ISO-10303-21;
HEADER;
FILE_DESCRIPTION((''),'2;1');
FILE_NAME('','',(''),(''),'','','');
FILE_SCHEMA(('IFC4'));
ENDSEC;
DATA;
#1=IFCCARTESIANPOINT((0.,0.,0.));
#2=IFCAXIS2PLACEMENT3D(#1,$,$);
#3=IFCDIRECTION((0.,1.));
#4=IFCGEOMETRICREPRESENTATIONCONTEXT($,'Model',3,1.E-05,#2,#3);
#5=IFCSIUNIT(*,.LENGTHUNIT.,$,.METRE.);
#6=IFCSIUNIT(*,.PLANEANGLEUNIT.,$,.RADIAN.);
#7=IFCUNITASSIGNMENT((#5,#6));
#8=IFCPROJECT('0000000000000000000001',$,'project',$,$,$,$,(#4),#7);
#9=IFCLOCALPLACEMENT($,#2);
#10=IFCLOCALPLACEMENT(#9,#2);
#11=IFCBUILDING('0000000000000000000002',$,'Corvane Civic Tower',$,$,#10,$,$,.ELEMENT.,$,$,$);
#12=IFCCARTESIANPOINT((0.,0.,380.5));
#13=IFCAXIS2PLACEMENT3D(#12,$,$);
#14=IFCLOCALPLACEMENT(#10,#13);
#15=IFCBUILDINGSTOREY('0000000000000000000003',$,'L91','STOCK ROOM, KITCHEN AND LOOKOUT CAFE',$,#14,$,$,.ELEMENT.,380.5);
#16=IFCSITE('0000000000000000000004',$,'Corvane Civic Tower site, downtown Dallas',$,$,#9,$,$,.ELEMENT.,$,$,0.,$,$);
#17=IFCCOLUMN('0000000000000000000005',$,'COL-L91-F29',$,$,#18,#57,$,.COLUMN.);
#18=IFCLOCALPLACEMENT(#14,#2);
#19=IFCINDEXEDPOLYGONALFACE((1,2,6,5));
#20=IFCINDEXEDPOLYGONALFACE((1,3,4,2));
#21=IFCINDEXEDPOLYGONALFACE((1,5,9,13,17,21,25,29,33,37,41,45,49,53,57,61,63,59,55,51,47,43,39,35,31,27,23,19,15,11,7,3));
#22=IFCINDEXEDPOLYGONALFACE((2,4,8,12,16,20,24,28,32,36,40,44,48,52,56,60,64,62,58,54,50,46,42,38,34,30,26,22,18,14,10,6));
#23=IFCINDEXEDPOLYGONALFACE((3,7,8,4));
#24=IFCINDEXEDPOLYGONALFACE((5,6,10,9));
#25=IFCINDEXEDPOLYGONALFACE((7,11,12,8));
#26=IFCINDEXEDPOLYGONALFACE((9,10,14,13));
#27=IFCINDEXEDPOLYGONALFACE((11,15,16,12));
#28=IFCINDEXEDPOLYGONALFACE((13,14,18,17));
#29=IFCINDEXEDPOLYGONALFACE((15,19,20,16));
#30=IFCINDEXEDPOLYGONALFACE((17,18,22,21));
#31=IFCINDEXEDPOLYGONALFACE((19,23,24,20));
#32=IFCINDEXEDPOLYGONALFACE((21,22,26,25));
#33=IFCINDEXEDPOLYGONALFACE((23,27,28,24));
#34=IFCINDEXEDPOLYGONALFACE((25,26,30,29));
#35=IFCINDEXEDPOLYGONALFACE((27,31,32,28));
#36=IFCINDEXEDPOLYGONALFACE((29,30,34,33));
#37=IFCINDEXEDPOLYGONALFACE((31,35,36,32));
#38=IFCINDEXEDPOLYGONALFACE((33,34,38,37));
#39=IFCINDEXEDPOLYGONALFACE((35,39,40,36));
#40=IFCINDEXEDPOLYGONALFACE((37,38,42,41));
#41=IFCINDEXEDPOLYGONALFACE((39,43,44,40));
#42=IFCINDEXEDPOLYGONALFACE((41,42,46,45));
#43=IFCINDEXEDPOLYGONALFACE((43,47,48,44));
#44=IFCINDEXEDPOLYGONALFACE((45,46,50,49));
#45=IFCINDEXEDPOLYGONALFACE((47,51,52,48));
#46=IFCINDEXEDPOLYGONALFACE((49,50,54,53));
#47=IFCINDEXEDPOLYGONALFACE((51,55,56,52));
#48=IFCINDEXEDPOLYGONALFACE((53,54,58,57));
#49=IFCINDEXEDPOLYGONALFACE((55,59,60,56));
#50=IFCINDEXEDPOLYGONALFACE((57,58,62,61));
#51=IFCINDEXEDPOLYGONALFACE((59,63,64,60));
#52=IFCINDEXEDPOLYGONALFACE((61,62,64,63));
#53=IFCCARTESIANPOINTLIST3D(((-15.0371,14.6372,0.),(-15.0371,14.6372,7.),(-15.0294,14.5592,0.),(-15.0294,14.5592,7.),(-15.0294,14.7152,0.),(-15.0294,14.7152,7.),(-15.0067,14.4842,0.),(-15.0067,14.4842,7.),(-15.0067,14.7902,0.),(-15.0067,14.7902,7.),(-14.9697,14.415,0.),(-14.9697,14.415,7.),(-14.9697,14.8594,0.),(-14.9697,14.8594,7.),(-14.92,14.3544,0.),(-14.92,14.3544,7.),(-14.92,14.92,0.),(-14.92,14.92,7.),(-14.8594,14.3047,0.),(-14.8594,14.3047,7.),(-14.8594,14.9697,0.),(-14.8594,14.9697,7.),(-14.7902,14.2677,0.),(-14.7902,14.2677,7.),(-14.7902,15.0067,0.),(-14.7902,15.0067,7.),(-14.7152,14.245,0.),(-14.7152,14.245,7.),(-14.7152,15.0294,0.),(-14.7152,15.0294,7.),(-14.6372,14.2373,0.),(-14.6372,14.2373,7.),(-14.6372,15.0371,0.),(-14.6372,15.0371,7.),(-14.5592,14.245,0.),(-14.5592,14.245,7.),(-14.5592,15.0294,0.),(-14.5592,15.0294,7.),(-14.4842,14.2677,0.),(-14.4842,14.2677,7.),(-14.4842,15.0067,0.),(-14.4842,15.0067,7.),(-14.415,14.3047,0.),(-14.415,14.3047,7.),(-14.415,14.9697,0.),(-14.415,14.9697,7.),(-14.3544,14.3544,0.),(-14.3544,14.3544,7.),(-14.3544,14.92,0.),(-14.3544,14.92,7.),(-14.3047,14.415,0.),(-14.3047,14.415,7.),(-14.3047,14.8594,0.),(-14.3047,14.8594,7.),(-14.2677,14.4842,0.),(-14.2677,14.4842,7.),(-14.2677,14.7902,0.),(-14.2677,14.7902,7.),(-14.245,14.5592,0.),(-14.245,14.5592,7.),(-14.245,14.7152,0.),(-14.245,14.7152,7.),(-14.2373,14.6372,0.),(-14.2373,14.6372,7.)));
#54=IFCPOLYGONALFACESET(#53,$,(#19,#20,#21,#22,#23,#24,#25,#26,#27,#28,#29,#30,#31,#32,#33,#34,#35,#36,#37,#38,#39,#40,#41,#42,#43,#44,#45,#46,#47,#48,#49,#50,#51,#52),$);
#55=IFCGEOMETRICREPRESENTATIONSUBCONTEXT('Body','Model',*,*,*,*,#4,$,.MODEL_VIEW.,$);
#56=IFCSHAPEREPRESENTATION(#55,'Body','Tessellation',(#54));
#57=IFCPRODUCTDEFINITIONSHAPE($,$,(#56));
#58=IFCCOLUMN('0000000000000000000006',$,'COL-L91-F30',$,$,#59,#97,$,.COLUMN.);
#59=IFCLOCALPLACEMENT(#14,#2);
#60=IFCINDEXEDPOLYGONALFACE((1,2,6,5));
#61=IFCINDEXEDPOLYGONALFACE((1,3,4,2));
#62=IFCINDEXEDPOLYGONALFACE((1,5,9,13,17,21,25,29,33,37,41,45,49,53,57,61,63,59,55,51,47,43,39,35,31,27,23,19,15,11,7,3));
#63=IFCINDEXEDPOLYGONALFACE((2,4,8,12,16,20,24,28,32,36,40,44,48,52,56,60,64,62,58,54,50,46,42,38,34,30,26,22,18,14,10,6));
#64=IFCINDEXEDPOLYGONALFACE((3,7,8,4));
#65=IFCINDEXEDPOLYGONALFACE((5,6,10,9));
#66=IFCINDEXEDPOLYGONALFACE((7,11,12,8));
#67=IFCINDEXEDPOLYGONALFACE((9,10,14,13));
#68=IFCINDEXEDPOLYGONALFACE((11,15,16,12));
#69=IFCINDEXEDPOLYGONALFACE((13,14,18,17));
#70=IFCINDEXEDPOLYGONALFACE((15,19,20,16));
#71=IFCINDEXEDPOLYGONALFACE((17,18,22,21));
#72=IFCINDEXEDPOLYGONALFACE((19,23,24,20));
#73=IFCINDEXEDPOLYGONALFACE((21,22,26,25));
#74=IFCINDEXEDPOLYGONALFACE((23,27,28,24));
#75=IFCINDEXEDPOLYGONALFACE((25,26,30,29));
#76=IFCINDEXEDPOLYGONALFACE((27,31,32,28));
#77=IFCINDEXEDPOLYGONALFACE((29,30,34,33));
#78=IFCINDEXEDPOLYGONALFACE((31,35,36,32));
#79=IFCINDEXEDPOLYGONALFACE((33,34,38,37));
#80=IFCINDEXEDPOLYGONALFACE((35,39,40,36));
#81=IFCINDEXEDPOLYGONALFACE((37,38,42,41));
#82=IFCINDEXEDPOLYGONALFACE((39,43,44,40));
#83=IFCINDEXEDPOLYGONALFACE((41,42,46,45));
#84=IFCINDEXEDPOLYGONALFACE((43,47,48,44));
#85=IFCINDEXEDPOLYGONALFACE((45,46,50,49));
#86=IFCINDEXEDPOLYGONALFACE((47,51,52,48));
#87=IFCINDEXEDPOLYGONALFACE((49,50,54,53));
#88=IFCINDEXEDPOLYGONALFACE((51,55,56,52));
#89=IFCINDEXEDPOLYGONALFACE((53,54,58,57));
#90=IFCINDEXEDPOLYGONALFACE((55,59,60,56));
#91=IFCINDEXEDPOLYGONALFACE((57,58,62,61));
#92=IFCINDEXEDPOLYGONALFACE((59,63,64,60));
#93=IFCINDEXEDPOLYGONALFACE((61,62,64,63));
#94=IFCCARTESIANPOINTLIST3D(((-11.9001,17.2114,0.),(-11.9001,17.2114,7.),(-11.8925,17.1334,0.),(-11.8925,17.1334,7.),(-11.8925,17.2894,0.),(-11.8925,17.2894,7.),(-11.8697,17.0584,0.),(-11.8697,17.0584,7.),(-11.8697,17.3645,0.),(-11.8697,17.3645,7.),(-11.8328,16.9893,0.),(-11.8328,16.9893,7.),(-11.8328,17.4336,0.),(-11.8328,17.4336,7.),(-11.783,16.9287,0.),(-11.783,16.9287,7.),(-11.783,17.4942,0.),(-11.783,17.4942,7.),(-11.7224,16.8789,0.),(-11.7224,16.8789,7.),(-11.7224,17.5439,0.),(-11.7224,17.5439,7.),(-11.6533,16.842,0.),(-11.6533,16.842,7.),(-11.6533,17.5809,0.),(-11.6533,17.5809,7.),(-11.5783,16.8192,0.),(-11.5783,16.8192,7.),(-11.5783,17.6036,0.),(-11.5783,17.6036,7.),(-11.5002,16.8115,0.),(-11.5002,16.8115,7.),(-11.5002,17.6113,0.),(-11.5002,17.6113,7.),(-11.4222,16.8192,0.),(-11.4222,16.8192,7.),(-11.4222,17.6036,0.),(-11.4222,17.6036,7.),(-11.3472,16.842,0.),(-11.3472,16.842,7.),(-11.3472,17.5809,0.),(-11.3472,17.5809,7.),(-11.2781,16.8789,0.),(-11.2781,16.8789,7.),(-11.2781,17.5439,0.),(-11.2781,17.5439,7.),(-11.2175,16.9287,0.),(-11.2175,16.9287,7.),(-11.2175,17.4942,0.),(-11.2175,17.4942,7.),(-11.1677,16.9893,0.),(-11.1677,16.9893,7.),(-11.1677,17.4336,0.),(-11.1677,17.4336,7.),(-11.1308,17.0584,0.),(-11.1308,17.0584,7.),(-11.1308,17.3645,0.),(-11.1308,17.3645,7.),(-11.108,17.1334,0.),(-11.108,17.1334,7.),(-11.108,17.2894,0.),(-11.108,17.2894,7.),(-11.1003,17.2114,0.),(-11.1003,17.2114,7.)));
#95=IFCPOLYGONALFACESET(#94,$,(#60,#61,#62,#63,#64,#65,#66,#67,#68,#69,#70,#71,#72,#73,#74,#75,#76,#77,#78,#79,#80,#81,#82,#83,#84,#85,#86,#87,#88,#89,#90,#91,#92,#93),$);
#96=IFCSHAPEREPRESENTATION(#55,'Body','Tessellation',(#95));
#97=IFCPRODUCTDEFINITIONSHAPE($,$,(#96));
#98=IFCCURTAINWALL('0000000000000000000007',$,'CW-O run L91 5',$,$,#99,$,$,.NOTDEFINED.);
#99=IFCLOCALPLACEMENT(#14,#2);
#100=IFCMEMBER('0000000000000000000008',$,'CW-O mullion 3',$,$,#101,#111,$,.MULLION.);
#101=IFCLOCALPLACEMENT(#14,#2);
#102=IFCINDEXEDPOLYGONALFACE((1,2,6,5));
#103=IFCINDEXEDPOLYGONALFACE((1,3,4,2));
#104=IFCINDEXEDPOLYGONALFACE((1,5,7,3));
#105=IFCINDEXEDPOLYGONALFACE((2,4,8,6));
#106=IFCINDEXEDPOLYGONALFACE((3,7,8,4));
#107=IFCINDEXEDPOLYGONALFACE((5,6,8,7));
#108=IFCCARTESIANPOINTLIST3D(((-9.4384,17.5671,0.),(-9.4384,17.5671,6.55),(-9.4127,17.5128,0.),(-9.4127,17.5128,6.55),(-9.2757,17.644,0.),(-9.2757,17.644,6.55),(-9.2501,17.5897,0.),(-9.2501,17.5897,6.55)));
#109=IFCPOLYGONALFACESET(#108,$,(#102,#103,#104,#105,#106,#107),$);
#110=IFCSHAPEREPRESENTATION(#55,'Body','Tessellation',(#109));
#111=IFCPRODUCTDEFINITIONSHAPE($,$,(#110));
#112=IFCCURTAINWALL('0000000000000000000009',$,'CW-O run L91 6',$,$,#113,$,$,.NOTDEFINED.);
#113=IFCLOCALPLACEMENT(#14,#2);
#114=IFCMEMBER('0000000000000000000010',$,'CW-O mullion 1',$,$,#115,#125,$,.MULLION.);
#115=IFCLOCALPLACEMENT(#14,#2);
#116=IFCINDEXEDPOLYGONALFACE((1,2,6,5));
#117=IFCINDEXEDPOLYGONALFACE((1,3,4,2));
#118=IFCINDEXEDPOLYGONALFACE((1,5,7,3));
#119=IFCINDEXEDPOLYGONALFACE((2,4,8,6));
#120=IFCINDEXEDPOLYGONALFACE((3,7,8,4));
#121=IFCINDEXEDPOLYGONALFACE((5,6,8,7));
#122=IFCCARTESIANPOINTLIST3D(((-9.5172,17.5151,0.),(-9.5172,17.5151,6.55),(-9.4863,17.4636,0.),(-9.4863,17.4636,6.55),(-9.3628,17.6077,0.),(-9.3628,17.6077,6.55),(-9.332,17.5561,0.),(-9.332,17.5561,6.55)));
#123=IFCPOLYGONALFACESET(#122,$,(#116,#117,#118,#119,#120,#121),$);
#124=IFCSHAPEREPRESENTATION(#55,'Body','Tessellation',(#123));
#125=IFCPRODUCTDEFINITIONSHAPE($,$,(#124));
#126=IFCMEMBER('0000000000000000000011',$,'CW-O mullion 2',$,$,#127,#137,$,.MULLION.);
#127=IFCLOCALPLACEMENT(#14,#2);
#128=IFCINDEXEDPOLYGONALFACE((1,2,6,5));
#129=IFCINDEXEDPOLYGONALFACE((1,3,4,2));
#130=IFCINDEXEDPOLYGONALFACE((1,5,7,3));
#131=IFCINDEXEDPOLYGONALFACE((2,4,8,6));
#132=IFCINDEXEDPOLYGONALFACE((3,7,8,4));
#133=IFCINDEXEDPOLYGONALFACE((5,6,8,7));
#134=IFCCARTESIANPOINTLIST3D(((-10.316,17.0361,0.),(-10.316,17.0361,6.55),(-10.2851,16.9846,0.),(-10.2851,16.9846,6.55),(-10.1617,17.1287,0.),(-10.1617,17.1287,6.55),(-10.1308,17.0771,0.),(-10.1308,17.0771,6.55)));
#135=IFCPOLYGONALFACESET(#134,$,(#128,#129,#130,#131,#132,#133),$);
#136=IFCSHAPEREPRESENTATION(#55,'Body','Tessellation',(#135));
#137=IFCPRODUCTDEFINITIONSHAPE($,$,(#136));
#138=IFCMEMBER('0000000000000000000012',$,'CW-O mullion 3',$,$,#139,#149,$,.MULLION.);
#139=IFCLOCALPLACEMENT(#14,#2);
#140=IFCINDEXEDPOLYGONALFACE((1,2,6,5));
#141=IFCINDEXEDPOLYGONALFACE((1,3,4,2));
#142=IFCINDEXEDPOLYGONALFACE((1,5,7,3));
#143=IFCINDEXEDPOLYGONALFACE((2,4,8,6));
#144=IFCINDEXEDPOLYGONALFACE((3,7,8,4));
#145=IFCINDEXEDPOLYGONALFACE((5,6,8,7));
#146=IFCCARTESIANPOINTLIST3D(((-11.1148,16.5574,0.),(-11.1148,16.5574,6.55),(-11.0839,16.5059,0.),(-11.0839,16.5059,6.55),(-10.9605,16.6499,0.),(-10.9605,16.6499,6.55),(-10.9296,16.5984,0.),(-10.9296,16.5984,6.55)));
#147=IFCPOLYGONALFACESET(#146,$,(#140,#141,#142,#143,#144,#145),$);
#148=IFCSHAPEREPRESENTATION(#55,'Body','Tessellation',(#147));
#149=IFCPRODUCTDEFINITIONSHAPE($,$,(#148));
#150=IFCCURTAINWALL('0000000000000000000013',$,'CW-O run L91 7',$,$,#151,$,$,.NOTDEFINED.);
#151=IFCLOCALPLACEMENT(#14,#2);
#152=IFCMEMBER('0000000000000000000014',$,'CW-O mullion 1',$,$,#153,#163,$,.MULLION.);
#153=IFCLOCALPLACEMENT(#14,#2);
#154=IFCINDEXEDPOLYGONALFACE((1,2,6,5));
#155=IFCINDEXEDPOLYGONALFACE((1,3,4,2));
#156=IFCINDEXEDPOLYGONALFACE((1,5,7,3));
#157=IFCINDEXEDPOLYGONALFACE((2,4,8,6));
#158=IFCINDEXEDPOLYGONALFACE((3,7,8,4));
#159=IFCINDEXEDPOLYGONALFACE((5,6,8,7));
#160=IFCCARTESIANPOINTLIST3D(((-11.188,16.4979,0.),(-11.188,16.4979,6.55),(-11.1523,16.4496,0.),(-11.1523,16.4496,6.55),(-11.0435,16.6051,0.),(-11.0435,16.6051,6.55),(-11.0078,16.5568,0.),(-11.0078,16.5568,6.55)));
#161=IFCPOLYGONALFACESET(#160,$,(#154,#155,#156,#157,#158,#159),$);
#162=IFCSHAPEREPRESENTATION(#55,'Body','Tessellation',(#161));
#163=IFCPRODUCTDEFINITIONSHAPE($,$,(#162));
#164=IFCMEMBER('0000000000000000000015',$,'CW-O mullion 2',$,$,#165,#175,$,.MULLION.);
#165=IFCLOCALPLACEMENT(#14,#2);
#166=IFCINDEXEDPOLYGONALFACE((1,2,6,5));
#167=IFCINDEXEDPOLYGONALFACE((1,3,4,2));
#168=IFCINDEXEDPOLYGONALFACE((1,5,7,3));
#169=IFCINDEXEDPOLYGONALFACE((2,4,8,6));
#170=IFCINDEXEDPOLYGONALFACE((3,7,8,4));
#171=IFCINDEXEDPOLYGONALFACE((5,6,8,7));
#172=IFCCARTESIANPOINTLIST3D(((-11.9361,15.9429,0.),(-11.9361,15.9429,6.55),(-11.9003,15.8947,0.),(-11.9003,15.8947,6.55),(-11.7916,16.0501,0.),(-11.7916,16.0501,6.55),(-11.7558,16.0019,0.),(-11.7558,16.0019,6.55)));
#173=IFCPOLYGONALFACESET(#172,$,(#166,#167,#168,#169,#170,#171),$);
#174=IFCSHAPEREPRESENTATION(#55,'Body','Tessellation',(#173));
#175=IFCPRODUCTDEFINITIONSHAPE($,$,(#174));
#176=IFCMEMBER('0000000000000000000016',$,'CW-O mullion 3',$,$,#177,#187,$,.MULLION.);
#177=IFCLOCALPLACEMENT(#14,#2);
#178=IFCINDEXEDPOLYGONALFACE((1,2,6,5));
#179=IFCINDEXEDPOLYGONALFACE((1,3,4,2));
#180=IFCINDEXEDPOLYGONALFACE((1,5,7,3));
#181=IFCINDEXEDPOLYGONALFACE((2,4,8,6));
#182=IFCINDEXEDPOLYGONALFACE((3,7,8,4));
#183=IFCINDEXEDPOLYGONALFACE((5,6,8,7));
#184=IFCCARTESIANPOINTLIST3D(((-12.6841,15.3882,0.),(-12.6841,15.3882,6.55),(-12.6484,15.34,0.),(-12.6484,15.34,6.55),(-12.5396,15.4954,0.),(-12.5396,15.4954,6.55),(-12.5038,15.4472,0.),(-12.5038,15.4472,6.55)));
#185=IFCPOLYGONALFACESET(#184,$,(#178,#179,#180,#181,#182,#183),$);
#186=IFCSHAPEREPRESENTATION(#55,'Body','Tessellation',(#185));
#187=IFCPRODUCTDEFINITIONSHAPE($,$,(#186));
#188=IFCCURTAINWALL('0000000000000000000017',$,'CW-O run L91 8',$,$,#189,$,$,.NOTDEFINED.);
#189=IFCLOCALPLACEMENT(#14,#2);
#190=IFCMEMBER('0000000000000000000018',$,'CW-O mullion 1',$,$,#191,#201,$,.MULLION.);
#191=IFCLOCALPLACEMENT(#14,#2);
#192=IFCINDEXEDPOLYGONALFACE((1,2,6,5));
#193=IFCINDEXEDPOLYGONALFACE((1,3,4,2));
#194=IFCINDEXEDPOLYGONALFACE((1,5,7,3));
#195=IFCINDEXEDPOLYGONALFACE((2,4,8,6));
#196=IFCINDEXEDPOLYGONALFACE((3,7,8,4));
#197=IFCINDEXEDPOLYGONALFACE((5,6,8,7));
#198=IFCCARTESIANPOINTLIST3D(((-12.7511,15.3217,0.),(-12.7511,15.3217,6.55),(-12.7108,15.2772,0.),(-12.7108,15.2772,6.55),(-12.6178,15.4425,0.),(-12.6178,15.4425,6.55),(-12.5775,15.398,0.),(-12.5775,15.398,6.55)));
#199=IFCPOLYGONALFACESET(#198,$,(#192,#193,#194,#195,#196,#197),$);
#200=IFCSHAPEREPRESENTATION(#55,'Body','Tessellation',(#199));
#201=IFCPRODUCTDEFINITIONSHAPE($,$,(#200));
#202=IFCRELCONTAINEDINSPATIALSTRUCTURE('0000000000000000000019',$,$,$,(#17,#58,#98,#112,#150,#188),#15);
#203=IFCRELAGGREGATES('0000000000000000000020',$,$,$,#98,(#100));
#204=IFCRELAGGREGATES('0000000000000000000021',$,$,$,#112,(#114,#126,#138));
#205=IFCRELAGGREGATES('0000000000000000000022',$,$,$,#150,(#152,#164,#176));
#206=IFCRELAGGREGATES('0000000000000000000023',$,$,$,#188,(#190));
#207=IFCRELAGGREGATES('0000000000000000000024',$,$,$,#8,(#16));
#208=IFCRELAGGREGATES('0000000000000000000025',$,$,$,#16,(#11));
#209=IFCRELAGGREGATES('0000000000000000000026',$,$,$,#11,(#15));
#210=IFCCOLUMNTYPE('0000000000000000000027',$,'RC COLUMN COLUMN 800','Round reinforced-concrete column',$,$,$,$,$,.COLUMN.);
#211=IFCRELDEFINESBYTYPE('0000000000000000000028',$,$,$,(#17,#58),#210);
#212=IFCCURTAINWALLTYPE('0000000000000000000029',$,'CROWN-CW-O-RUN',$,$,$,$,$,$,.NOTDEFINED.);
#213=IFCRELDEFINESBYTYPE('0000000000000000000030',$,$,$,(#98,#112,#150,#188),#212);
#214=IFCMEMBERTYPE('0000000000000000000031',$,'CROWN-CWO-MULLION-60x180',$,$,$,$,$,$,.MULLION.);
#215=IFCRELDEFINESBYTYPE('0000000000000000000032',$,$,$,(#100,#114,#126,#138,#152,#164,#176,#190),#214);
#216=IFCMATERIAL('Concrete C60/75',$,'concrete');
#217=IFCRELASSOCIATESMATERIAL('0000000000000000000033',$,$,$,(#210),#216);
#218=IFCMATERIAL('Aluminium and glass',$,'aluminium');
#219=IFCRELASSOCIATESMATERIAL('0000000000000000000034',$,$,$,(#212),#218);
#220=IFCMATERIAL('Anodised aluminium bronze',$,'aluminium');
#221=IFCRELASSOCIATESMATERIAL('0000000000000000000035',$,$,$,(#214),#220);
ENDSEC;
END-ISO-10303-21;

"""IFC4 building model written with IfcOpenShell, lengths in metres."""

from ifc_helpers import new_model, si_unit, direction, frame, origin, origin_2d, place, context, subcontext, project, spatial, rectangle, circle, extrude, material, material_profile, profile_set, type_object, element, aggregate, save


model = new_model("IFC4")

# Units and contexts
model_context = context("Model", 3, precision=1e-05, world=origin(), true_north=direction((0.0, 1.0)))
body_context = subcontext(model_context, "Body", "Model", "MODEL_VIEW")
ifc_project = project(units=[si_unit("LENGTHUNIT", "METRE"), si_unit("PLANEANGLEUNIT", "RADIAN")], contexts=[model_context])

# Site, building, storey
site_placement = place(None, origin())
site = spatial("IfcSite", under=ifc_project, at=site_placement, Name="Corvane Civic Tower site, downtown Dallas", CompositionType="ELEMENT", RefElevation=0.0)
building_placement = place(site_placement, origin())
building = spatial("IfcBuilding", under=site, at=building_placement, Name="Corvane Civic Tower", CompositionType="ELEMENT")
storey_placement = place(building_placement, frame((0.0, 0.0, 380.5)))
storey = spatial("IfcBuildingStorey", under=building, at=storey_placement, Name="L91", Description="STOCK ROOM, KITCHEN AND LOOKOUT CAFE", CompositionType="ELEMENT", Elevation=380.5)

# Columns
ifc_material_1 = material(Name="Concrete C60/75", Category="concrete")
ifc_material_profile_1 = material_profile(ifc_material_1, circle(Radius=0.3999, at=origin_2d()), Name="COLUMN 800")
ifc_profile_set_1 = profile_set([ifc_material_profile_1], Name="Concrete C60/75")
column_type = type_object("IfcColumnType", Name="RC COLUMN COLUMN 800", Description="Round reinforced-concrete column", PredefinedType="COLUMN", material=ifc_profile_set_1)
for number, where, z_axis, x_axis, name in (
    (1, (-14.6372, 14.6372, 0.0), (0.0, 0.0, 1.0), (1.0, 0.0, 0.0), "COL-L91-F29"),
    (2, (-11.5002, 17.2114, 0.0), (0.0, 0.0, 1.0), (1.0, 0.0, 0.0), "COL-L91-F30"),
):
    element("IfcColumn", number, at=place(storey_placement, frame(where, z_axis=z_axis, x_axis=x_axis)), inside=storey, type_object=column_type, Name=name, PredefinedType="COLUMN", context=body_context, shape_type="SweptSolid", body=[
        extrude(circle(Radius=0.3999, at=origin_2d()), origin(), (0.0, 0.0, 1.0), 7.0),
    ])

# Curtain wall, member
ifc_material_2 = material(Name="Aluminium and glass", Category="aluminium")
curtain_wall_type = type_object("IfcCurtainWallType", Name="CROWN-CW-O-RUN", PredefinedType="NOTDEFINED", material=ifc_material_2)
curtain_wall_1_placement = place(storey_placement, origin())
curtain_wall_1 = element("IfcCurtainWall", 3, at=curtain_wall_1_placement, inside=storey, type_object=curtain_wall_type, Name="CW-O run L91 5", PredefinedType="NOTDEFINED")
ifc_material_3 = material(Name="Anodised aluminium bronze", Category="aluminium")
ifc_material_profile_2 = material_profile(ifc_material_3, rectangle(XDim=0.0601, YDim=0.1799, at=origin_2d()), Name="AL 60x180")
ifc_profile_set_2 = profile_set([ifc_material_profile_2], Name="Anodised aluminium bronze")
member_type_1 = type_object("IfcMemberType", Name="CROWN-CWO-MULLION-60x180", PredefinedType="MULLION", material=ifc_profile_set_2)
member_1_placement = place(storey_placement, frame((-9.3442, 17.5784, 0.0), z_axis=(0.0, 0.0, 1.0), x_axis=(0.427509, -0.904011, 0.0)))
member_1 = element("IfcMember", 4, at=member_1_placement, type_object=member_type_1, Name="CW-O mullion 3", PredefinedType="MULLION", context=body_context, shape_type="SweptSolid", body=[
    extrude(rectangle(XDim=0.0601, YDim=0.1799, at=origin_2d()), origin(), (0.0, 0.0, 1.0), 6.55),
])
aggregate(curtain_wall_1, [member_1])

# Curtain walls, members
curtain_wall_2_placement = place(storey_placement, origin())
curtain_wall_2 = element("IfcCurtainWall", 5, at=curtain_wall_2_placement, inside=storey, type_object=curtain_wall_type, Name="CW-O run L91 6", PredefinedType="NOTDEFINED")
member_2_placement = place(storey_placement, frame((-9.4246, 17.5356, 0.0), z_axis=(0.0, 0.0, 1.0), x_axis=(0.514152, -0.857699, 0.0)))
member_2 = element("IfcMember", 6, at=member_2_placement, type_object=member_type_1, Name="CW-O mullion 1", PredefinedType="MULLION", context=body_context, shape_type="SweptSolid", body=[
    extrude(rectangle(XDim=0.0601, YDim=0.1799, at=origin_2d()), origin(), (0.0, 0.0, 1.0), 6.55),
])
member_3_placement = place(storey_placement, frame((-10.2234, 17.0566, 0.0), z_axis=(0.0, 0.0, 1.0), x_axis=(0.514152, -0.857699, 0.0)))
member_3 = element("IfcMember", 7, at=member_3_placement, type_object=member_type_1, Name="CW-O mullion 2", PredefinedType="MULLION", context=body_context, shape_type="SweptSolid", body=[
    extrude(rectangle(XDim=0.0601, YDim=0.1799, at=origin_2d()), origin(), (0.0, 0.0, 1.0), 6.55),
])
member_4_placement = place(storey_placement, frame((-11.0222, 16.5779, 0.0), z_axis=(0.0, 0.0, 1.0), x_axis=(0.514152, -0.857699, 0.0)))
member_4 = element("IfcMember", 8, at=member_4_placement, type_object=member_type_1, Name="CW-O mullion 3", PredefinedType="MULLION", context=body_context, shape_type="SweptSolid", body=[
    extrude(rectangle(XDim=0.0601, YDim=0.1799, at=origin_2d()), origin(), (0.0, 0.0, 1.0), 6.55),
])
aggregate(curtain_wall_2, [member_2, member_3, member_4])
curtain_wall_3_placement = place(storey_placement, origin())
curtain_wall_3 = element("IfcCurtainWall", 9, at=curtain_wall_3_placement, inside=storey, type_object=curtain_wall_type, Name="CW-O run L91 7", PredefinedType="NOTDEFINED")
member_5_placement = place(storey_placement, frame((-11.0979, 16.5273, 0.0), z_axis=(0.0, 0.0, 1.0), x_axis=(0.595722, -0.80319, 0.0)))
member_5 = element("IfcMember", 10, at=member_5_placement, type_object=member_type_1, Name="CW-O mullion 1", PredefinedType="MULLION", context=body_context, shape_type="SweptSolid", body=[
    extrude(rectangle(XDim=0.0601, YDim=0.1799, at=origin_2d()), origin(), (0.0, 0.0, 1.0), 6.55),
])
member_6_placement = place(storey_placement, frame((-11.8459, 15.9724, 0.0), z_axis=(0.0, 0.0, 1.0), x_axis=(0.595722, -0.80319, 0.0)))
member_6 = element("IfcMember", 11, at=member_6_placement, type_object=member_type_1, Name="CW-O mullion 2", PredefinedType="MULLION", context=body_context, shape_type="SweptSolid", body=[
    extrude(rectangle(XDim=0.0601, YDim=0.1799, at=origin_2d()), origin(), (0.0, 0.0, 1.0), 6.55),
])
member_7_placement = place(storey_placement, frame((-12.594, 15.4177, 0.0), z_axis=(0.0, 0.0, 1.0), x_axis=(0.595722, -0.80319, 0.0)))
member_7 = element("IfcMember", 12, at=member_7_placement, type_object=member_type_1, Name="CW-O mullion 3", PredefinedType="MULLION", context=body_context, shape_type="SweptSolid", body=[
    extrude(rectangle(XDim=0.0601, YDim=0.1799, at=origin_2d()), origin(), (0.0, 0.0, 1.0), 6.55),
])
aggregate(curtain_wall_3, [member_5, member_6, member_7])
curtain_wall_4_placement = place(storey_placement, origin())
curtain_wall_4 = element("IfcCurtainWall", 13, at=curtain_wall_4_placement, inside=storey, type_object=curtain_wall_type, Name="CW-O run L91 8", PredefinedType="NOTDEFINED")
member_8_placement = place(storey_placement, frame((-12.6643, 15.3599, 0.0), z_axis=(0.0, 0.0, 1.0), x_axis=(0.671567, -0.740944, 0.0)))
member_8 = element("IfcMember", 14, at=member_8_placement, type_object=member_type_1, Name="CW-O mullion 1", PredefinedType="MULLION", context=body_context, shape_type="SweptSolid", body=[
    extrude(rectangle(XDim=0.0601, YDim=0.1799, at=origin_2d()), origin(), (0.0, 0.0, 1.0), 6.55),
])

aggregate(curtain_wall_4, [member_8])

save(model, "model.ifc")
